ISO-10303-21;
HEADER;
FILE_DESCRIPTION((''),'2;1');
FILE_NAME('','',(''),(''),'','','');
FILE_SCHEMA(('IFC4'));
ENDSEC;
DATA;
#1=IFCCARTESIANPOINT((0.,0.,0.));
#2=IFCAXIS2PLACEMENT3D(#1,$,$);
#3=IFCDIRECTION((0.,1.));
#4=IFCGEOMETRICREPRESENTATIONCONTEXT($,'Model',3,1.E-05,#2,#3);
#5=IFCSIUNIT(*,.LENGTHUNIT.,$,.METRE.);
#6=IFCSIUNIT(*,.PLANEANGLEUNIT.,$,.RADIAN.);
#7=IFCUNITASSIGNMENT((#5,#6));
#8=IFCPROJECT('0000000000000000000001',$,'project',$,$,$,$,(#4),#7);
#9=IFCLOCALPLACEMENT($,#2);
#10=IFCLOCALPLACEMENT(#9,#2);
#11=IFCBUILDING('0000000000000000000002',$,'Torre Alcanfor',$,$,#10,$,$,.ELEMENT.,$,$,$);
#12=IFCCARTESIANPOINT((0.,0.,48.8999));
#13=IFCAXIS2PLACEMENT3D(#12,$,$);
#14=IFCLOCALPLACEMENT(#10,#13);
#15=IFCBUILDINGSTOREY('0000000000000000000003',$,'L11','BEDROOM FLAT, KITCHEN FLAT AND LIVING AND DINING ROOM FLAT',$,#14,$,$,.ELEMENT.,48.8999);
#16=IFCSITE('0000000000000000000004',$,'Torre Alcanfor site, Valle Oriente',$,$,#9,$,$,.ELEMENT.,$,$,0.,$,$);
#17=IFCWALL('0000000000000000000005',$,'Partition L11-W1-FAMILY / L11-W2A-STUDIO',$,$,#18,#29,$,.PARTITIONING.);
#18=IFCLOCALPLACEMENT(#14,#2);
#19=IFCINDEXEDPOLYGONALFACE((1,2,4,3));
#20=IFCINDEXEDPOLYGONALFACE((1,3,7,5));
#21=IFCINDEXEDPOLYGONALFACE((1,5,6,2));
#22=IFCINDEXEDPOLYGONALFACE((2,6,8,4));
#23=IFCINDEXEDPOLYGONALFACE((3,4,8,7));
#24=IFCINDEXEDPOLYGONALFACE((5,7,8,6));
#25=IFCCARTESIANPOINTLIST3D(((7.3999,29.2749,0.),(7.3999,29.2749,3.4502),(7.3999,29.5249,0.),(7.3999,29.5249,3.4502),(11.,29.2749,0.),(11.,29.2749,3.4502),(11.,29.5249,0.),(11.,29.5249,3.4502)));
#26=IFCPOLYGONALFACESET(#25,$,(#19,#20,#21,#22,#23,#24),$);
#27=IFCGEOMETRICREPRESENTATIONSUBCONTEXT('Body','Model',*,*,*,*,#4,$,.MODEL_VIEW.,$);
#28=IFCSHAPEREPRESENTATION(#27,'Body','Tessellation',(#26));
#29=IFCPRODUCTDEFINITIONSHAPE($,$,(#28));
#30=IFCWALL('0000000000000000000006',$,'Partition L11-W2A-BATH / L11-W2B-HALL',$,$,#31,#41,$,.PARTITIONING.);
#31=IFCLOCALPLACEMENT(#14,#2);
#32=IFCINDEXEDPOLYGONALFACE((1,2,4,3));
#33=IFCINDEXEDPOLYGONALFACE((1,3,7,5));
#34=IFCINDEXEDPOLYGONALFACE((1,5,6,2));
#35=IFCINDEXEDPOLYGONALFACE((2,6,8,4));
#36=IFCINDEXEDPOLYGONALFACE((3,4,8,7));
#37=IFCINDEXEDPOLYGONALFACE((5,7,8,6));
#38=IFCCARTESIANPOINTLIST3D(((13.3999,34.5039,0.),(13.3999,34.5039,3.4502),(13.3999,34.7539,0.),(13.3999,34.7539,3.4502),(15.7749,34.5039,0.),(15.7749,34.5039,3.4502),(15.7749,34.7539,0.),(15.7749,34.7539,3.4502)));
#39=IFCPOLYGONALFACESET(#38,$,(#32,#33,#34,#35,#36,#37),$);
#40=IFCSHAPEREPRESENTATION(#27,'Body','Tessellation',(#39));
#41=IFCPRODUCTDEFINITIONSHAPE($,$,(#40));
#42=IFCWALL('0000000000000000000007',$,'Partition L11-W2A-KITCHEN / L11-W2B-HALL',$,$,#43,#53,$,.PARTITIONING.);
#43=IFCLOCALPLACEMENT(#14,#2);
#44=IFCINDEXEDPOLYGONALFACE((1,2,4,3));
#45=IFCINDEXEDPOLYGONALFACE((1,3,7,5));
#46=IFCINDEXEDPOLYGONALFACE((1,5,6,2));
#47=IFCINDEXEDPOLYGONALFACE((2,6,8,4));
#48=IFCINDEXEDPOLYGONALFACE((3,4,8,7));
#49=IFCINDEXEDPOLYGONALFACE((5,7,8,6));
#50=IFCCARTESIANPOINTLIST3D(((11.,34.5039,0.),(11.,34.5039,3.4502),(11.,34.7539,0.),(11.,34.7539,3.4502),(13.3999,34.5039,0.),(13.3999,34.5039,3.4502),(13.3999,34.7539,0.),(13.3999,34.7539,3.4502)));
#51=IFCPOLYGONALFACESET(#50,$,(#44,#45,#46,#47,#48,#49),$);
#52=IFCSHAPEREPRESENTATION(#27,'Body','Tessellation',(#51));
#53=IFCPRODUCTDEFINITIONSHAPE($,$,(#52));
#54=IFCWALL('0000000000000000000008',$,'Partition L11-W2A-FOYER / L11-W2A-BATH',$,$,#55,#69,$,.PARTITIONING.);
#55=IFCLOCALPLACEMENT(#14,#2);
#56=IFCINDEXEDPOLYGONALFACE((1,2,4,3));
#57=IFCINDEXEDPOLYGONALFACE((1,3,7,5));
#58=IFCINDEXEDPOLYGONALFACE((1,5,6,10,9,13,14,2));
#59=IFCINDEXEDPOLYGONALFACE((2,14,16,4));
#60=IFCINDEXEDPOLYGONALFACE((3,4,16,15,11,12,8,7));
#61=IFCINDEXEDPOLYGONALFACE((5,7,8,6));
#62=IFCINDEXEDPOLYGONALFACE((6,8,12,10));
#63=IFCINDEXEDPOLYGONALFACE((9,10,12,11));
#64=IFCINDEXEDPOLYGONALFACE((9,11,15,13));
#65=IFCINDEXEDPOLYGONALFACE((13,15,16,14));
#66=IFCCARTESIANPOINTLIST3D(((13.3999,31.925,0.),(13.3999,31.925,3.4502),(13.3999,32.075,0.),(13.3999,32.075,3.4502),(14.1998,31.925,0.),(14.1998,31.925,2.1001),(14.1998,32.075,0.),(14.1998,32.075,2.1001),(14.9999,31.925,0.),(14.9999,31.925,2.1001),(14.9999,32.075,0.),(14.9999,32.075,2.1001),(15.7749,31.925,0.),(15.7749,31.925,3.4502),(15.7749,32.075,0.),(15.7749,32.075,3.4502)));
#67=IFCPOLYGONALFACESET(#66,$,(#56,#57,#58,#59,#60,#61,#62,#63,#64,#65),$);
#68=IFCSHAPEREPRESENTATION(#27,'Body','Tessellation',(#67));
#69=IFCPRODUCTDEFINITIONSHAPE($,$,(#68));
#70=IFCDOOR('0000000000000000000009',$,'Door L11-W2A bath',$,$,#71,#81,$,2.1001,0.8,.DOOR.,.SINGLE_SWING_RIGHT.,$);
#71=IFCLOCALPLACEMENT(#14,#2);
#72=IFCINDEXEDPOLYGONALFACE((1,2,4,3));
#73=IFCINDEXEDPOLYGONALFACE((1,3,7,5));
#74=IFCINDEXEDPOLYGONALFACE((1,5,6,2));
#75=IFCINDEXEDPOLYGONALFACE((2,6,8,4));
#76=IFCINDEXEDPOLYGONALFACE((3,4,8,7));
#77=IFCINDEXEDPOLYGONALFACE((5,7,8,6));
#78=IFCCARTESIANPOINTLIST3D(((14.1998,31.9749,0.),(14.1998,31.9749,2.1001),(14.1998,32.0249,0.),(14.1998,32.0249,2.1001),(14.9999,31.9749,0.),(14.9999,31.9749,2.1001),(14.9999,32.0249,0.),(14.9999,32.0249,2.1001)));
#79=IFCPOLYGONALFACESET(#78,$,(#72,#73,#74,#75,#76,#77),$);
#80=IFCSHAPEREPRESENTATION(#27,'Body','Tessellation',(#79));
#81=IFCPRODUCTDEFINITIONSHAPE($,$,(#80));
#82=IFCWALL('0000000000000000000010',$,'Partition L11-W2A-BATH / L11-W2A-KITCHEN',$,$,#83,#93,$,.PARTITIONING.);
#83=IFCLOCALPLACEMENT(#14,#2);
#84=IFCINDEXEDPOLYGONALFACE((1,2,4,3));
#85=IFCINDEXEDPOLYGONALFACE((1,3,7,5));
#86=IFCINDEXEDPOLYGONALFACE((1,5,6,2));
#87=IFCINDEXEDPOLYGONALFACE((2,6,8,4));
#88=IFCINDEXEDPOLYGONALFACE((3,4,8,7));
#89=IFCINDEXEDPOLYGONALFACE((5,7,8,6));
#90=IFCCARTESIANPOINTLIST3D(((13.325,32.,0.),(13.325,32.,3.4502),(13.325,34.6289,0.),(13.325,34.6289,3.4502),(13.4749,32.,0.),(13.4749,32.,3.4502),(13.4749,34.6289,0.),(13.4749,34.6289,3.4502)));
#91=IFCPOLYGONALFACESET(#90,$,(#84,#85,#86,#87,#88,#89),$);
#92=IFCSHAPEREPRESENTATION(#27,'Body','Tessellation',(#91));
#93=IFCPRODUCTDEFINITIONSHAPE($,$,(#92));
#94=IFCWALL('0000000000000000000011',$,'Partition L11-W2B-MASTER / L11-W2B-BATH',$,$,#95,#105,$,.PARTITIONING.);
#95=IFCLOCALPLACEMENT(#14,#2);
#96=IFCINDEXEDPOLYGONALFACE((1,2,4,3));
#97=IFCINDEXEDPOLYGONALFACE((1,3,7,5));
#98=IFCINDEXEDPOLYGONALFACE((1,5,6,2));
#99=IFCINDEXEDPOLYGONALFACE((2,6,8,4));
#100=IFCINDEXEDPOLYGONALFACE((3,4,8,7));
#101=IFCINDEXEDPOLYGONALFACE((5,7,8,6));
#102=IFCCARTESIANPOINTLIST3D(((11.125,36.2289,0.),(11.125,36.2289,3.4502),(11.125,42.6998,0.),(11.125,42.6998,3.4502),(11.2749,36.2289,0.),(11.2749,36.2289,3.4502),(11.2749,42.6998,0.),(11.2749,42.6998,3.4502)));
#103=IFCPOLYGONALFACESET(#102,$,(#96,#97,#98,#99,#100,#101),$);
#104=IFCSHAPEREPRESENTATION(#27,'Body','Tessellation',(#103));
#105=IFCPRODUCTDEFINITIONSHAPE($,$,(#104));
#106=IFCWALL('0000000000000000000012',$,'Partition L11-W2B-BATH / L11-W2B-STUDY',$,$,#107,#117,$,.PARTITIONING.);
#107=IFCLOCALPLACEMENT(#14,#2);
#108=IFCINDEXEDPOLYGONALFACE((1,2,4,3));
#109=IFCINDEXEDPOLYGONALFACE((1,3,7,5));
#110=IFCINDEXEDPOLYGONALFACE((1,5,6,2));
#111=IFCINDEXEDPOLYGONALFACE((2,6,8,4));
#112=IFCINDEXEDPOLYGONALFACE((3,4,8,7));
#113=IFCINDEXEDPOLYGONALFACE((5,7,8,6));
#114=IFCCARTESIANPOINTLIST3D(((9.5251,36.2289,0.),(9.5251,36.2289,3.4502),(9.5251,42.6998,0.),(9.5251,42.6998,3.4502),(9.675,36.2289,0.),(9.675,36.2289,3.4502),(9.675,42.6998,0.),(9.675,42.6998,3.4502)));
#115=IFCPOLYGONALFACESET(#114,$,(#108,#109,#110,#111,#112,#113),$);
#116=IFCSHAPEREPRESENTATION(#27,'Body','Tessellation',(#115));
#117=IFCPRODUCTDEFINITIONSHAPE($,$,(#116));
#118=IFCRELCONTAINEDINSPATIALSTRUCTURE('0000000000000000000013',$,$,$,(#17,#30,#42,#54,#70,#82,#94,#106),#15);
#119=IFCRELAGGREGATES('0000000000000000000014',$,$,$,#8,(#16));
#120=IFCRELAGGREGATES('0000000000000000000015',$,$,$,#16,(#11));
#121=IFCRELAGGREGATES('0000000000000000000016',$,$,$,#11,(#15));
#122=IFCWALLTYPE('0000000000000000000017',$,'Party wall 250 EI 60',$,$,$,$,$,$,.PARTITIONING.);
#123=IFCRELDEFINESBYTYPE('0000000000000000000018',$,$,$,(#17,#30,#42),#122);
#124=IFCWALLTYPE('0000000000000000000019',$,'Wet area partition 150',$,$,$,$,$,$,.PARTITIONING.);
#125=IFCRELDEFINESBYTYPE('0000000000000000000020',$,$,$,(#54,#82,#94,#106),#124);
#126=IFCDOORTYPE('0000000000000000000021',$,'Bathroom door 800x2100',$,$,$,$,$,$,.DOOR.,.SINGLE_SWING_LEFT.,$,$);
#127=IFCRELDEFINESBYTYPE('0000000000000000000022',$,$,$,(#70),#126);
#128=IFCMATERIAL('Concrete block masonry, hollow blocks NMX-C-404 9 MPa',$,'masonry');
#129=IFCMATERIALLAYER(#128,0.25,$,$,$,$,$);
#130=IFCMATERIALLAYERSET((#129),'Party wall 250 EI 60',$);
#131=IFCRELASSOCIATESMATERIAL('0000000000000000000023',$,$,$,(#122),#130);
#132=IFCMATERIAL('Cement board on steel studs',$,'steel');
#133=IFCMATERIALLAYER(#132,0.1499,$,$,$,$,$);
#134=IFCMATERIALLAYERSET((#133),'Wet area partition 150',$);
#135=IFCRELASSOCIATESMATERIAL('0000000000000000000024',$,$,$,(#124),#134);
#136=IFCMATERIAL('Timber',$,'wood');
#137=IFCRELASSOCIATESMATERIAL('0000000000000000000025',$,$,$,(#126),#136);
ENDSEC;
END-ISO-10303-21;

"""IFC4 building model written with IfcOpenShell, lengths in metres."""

from ifc_helpers import new_model, si_unit, direction, frame, frame_2d, origin, place, context, subcontext, project, spatial, rectangle, extrude, material, layer, layer_set, type_object, element, fill, save


model = new_model("IFC4")

# Units and contexts
model_context = context("Model", 3, precision=1e-05, world=origin(), true_north=direction((0.0, 1.0)))
body_context = subcontext(model_context, "Body", "Model", "MODEL_VIEW")
ifc_project = project(units=[si_unit("LENGTHUNIT", "METRE"), si_unit("PLANEANGLEUNIT", "RADIAN")], contexts=[model_context])

# Site, building, storey
site_placement = place(None, origin())
site = spatial("IfcSite", under=ifc_project, at=site_placement, Name="Torre Alcanfor site, Valle Oriente", CompositionType="ELEMENT", RefElevation=0.0)
building_placement = place(site_placement, origin())
building = spatial("IfcBuilding", under=site, at=building_placement, Name="Torre Alcanfor", CompositionType="ELEMENT")
storey_placement = place(building_placement, frame((0.0, 0.0, 48.8999)))
storey = spatial("IfcBuildingStorey", under=building, at=storey_placement, Name="L11", Description="BEDROOM FLAT, KITCHEN FLAT AND LIVING AND DINING ROOM FLAT", CompositionType="ELEMENT", Elevation=48.8999)

# Walls
ifc_material_1 = material(Name="Concrete block masonry, hollow blocks NMX-C-404 9 MPa", Category="masonry")
ifc_layer_1 = layer(ifc_material_1, 0.25)
ifc_layer_set_1 = layer_set([ifc_layer_1], Name="Party wall 250 EI 60")
wall_type_1 = type_object("IfcWallType", Name="Party wall 250 EI 60", PredefinedType="PARTITIONING", material=ifc_layer_set_1)
wall_1_placement = place(storey_placement, frame((11.0, 29.3999, 0.0), z_axis=(0.0, 0.0, 1.0), x_axis=(-1.0, 0.0, 0.0)))
element("IfcWall", 1, at=wall_1_placement, inside=storey, type_object=wall_type_1, Name="Partition L11-W1-FAMILY / L11-W2A-STUDIO", PredefinedType="PARTITIONING", context=body_context, shape_type="SweptSolid", body=[
    extrude(rectangle(XDim=3.6001, YDim=0.25, at=frame_2d((1.8, 0.0))), origin(), (0.0, 0.0, 1.0), 3.4502),
])
wall_2_placement = place(storey_placement, frame((13.3999, 34.6289, 0.0), z_axis=(0.0, 0.0, 1.0), x_axis=(1.0, 0.0, 0.0)))
element("IfcWall", 2, at=wall_2_placement, inside=storey, type_object=wall_type_1, Name="Partition L11-W2A-BATH / L11-W2B-HALL", PredefinedType="PARTITIONING", context=body_context, shape_type="SweptSolid", body=[
    extrude(rectangle(XDim=2.375, YDim=0.25, at=frame_2d((1.1875, 0.0))), origin(), (0.0, 0.0, 1.0), 3.4502),
])
wall_3_placement = place(storey_placement, frame((11.0, 34.6289, 0.0), z_axis=(0.0, 0.0, 1.0), x_axis=(1.0, 0.0, 0.0)))
element("IfcWall", 3, at=wall_3_placement, inside=storey, type_object=wall_type_1, Name="Partition L11-W2A-KITCHEN / L11-W2B-HALL", PredefinedType="PARTITIONING", context=body_context, shape_type="SweptSolid", body=[
    extrude(rectangle(XDim=2.3999, YDim=0.25, at=frame_2d((1.2, 0.0))), origin(), (0.0, 0.0, 1.0), 3.4502),
])

# Wall, opening, door
ifc_material_2 = material(Name="Cement board on steel studs", Category="steel")
ifc_layer_2 = layer(ifc_material_2, 0.1499)
ifc_layer_set_2 = layer_set([ifc_layer_2], Name="Wet area partition 150")
wall_type_2 = type_object("IfcWallType", Name="Wet area partition 150", PredefinedType="PARTITIONING", material=ifc_layer_set_2)
wall_4_placement = place(storey_placement, frame((13.3999, 32.0, 0.0), z_axis=(0.0, 0.0, 1.0), x_axis=(1.0, 0.0, 0.0)))
wall_4 = element("IfcWall", 4, at=wall_4_placement, inside=storey, type_object=wall_type_2, Name="Partition L11-W2A-FOYER / L11-W2A-BATH", PredefinedType="PARTITIONING", context=body_context, shape_type="SweptSolid", body=[
    extrude(rectangle(XDim=2.375, YDim=0.1499, at=frame_2d((1.1875, 0.0))), origin(), (0.0, 0.0, 1.0), 3.4502),
])
opening_1_placement = place(wall_4_placement, frame((0.8, 0.0, 0.0)))
opening_1 = element("IfcOpeningElement", 5, at=opening_1_placement, cuts=wall_4, PredefinedType="OPENING", context=body_context, shape_type="SweptSolid", body=[
    extrude(rectangle(XDim=0.8, YDim=2.1001, at=frame_2d((0.3999, 1.05))), frame((0.0, 0.085, 0.0), z_axis=(0.0, -1.0, 0.0), x_axis=(1.0, 0.0, 0.0)), (0.0, 0.0, 1.0), 0.1699),
])
ifc_material_3 = material(Name="Timber", Category="wood")
door_type_1 = type_object("IfcDoorType", Name="Bathroom door 800x2100", OperationType="SINGLE_SWING_LEFT", PredefinedType="DOOR", material=ifc_material_3)
door_1_placement = place(opening_1_placement, origin())
door_1 = element("IfcDoor", 6, at=door_1_placement, inside=storey, type_object=door_type_1, Name="Door L11-W2A bath", OperationType="SINGLE_SWING_RIGHT", OverallHeight=2.1001, OverallWidth=0.8, PredefinedType="DOOR", context=body_context, shape_type="SweptSolid", body=[
    extrude(rectangle(XDim=0.8, YDim=2.1001, at=frame_2d((0.3999, 1.05))), frame((0.0, 0.0249, 0.0), z_axis=(0.0, -1.0, 0.0), x_axis=(1.0, 0.0, 0.0)), (0.0, 0.0, 1.0), 0.05),
])
fill(opening_1, door_1)

# Walls
wall_5_placement = place(storey_placement, frame((13.3999, 32.0, 0.0), z_axis=(0.0, 0.0, 1.0), x_axis=(0.0, 1.0, 0.0)))
element("IfcWall", 7, at=wall_5_placement, inside=storey, type_object=wall_type_2, Name="Partition L11-W2A-BATH / L11-W2A-KITCHEN", PredefinedType="PARTITIONING", context=body_context, shape_type="SweptSolid", body=[
    extrude(rectangle(XDim=2.6289, YDim=0.1499, at=frame_2d((1.3145, 0.0))), origin(), (0.0, 0.0, 1.0), 3.4502),
])
for number, where, z_axis, x_axis, name in (
    (8, (11.2, 36.229, 0.0), (0.0, 0.0, 1.0), (0.0, 1.0, 0.0), "Partition L11-W2B-MASTER / L11-W2B-BATH"),
    (9, (9.6001, 36.229, 0.0), (0.0, 0.0, 1.0), (0.0, 1.0, 0.0), "Partition L11-W2B-BATH / L11-W2B-STUDY"),
):
    element("IfcWall", number, at=place(storey_placement, frame(where, z_axis=z_axis, x_axis=x_axis)), inside=storey, type_object=wall_type_2, Name=name, PredefinedType="PARTITIONING", context=body_context, shape_type="SweptSolid", body=[
        extrude(rectangle(XDim=6.4709, YDim=0.1499, at=frame_2d((3.2354, 0.0))), origin(), (0.0, 0.0, 1.0), 3.4502),
    ])

save(model, "model.ifc")
